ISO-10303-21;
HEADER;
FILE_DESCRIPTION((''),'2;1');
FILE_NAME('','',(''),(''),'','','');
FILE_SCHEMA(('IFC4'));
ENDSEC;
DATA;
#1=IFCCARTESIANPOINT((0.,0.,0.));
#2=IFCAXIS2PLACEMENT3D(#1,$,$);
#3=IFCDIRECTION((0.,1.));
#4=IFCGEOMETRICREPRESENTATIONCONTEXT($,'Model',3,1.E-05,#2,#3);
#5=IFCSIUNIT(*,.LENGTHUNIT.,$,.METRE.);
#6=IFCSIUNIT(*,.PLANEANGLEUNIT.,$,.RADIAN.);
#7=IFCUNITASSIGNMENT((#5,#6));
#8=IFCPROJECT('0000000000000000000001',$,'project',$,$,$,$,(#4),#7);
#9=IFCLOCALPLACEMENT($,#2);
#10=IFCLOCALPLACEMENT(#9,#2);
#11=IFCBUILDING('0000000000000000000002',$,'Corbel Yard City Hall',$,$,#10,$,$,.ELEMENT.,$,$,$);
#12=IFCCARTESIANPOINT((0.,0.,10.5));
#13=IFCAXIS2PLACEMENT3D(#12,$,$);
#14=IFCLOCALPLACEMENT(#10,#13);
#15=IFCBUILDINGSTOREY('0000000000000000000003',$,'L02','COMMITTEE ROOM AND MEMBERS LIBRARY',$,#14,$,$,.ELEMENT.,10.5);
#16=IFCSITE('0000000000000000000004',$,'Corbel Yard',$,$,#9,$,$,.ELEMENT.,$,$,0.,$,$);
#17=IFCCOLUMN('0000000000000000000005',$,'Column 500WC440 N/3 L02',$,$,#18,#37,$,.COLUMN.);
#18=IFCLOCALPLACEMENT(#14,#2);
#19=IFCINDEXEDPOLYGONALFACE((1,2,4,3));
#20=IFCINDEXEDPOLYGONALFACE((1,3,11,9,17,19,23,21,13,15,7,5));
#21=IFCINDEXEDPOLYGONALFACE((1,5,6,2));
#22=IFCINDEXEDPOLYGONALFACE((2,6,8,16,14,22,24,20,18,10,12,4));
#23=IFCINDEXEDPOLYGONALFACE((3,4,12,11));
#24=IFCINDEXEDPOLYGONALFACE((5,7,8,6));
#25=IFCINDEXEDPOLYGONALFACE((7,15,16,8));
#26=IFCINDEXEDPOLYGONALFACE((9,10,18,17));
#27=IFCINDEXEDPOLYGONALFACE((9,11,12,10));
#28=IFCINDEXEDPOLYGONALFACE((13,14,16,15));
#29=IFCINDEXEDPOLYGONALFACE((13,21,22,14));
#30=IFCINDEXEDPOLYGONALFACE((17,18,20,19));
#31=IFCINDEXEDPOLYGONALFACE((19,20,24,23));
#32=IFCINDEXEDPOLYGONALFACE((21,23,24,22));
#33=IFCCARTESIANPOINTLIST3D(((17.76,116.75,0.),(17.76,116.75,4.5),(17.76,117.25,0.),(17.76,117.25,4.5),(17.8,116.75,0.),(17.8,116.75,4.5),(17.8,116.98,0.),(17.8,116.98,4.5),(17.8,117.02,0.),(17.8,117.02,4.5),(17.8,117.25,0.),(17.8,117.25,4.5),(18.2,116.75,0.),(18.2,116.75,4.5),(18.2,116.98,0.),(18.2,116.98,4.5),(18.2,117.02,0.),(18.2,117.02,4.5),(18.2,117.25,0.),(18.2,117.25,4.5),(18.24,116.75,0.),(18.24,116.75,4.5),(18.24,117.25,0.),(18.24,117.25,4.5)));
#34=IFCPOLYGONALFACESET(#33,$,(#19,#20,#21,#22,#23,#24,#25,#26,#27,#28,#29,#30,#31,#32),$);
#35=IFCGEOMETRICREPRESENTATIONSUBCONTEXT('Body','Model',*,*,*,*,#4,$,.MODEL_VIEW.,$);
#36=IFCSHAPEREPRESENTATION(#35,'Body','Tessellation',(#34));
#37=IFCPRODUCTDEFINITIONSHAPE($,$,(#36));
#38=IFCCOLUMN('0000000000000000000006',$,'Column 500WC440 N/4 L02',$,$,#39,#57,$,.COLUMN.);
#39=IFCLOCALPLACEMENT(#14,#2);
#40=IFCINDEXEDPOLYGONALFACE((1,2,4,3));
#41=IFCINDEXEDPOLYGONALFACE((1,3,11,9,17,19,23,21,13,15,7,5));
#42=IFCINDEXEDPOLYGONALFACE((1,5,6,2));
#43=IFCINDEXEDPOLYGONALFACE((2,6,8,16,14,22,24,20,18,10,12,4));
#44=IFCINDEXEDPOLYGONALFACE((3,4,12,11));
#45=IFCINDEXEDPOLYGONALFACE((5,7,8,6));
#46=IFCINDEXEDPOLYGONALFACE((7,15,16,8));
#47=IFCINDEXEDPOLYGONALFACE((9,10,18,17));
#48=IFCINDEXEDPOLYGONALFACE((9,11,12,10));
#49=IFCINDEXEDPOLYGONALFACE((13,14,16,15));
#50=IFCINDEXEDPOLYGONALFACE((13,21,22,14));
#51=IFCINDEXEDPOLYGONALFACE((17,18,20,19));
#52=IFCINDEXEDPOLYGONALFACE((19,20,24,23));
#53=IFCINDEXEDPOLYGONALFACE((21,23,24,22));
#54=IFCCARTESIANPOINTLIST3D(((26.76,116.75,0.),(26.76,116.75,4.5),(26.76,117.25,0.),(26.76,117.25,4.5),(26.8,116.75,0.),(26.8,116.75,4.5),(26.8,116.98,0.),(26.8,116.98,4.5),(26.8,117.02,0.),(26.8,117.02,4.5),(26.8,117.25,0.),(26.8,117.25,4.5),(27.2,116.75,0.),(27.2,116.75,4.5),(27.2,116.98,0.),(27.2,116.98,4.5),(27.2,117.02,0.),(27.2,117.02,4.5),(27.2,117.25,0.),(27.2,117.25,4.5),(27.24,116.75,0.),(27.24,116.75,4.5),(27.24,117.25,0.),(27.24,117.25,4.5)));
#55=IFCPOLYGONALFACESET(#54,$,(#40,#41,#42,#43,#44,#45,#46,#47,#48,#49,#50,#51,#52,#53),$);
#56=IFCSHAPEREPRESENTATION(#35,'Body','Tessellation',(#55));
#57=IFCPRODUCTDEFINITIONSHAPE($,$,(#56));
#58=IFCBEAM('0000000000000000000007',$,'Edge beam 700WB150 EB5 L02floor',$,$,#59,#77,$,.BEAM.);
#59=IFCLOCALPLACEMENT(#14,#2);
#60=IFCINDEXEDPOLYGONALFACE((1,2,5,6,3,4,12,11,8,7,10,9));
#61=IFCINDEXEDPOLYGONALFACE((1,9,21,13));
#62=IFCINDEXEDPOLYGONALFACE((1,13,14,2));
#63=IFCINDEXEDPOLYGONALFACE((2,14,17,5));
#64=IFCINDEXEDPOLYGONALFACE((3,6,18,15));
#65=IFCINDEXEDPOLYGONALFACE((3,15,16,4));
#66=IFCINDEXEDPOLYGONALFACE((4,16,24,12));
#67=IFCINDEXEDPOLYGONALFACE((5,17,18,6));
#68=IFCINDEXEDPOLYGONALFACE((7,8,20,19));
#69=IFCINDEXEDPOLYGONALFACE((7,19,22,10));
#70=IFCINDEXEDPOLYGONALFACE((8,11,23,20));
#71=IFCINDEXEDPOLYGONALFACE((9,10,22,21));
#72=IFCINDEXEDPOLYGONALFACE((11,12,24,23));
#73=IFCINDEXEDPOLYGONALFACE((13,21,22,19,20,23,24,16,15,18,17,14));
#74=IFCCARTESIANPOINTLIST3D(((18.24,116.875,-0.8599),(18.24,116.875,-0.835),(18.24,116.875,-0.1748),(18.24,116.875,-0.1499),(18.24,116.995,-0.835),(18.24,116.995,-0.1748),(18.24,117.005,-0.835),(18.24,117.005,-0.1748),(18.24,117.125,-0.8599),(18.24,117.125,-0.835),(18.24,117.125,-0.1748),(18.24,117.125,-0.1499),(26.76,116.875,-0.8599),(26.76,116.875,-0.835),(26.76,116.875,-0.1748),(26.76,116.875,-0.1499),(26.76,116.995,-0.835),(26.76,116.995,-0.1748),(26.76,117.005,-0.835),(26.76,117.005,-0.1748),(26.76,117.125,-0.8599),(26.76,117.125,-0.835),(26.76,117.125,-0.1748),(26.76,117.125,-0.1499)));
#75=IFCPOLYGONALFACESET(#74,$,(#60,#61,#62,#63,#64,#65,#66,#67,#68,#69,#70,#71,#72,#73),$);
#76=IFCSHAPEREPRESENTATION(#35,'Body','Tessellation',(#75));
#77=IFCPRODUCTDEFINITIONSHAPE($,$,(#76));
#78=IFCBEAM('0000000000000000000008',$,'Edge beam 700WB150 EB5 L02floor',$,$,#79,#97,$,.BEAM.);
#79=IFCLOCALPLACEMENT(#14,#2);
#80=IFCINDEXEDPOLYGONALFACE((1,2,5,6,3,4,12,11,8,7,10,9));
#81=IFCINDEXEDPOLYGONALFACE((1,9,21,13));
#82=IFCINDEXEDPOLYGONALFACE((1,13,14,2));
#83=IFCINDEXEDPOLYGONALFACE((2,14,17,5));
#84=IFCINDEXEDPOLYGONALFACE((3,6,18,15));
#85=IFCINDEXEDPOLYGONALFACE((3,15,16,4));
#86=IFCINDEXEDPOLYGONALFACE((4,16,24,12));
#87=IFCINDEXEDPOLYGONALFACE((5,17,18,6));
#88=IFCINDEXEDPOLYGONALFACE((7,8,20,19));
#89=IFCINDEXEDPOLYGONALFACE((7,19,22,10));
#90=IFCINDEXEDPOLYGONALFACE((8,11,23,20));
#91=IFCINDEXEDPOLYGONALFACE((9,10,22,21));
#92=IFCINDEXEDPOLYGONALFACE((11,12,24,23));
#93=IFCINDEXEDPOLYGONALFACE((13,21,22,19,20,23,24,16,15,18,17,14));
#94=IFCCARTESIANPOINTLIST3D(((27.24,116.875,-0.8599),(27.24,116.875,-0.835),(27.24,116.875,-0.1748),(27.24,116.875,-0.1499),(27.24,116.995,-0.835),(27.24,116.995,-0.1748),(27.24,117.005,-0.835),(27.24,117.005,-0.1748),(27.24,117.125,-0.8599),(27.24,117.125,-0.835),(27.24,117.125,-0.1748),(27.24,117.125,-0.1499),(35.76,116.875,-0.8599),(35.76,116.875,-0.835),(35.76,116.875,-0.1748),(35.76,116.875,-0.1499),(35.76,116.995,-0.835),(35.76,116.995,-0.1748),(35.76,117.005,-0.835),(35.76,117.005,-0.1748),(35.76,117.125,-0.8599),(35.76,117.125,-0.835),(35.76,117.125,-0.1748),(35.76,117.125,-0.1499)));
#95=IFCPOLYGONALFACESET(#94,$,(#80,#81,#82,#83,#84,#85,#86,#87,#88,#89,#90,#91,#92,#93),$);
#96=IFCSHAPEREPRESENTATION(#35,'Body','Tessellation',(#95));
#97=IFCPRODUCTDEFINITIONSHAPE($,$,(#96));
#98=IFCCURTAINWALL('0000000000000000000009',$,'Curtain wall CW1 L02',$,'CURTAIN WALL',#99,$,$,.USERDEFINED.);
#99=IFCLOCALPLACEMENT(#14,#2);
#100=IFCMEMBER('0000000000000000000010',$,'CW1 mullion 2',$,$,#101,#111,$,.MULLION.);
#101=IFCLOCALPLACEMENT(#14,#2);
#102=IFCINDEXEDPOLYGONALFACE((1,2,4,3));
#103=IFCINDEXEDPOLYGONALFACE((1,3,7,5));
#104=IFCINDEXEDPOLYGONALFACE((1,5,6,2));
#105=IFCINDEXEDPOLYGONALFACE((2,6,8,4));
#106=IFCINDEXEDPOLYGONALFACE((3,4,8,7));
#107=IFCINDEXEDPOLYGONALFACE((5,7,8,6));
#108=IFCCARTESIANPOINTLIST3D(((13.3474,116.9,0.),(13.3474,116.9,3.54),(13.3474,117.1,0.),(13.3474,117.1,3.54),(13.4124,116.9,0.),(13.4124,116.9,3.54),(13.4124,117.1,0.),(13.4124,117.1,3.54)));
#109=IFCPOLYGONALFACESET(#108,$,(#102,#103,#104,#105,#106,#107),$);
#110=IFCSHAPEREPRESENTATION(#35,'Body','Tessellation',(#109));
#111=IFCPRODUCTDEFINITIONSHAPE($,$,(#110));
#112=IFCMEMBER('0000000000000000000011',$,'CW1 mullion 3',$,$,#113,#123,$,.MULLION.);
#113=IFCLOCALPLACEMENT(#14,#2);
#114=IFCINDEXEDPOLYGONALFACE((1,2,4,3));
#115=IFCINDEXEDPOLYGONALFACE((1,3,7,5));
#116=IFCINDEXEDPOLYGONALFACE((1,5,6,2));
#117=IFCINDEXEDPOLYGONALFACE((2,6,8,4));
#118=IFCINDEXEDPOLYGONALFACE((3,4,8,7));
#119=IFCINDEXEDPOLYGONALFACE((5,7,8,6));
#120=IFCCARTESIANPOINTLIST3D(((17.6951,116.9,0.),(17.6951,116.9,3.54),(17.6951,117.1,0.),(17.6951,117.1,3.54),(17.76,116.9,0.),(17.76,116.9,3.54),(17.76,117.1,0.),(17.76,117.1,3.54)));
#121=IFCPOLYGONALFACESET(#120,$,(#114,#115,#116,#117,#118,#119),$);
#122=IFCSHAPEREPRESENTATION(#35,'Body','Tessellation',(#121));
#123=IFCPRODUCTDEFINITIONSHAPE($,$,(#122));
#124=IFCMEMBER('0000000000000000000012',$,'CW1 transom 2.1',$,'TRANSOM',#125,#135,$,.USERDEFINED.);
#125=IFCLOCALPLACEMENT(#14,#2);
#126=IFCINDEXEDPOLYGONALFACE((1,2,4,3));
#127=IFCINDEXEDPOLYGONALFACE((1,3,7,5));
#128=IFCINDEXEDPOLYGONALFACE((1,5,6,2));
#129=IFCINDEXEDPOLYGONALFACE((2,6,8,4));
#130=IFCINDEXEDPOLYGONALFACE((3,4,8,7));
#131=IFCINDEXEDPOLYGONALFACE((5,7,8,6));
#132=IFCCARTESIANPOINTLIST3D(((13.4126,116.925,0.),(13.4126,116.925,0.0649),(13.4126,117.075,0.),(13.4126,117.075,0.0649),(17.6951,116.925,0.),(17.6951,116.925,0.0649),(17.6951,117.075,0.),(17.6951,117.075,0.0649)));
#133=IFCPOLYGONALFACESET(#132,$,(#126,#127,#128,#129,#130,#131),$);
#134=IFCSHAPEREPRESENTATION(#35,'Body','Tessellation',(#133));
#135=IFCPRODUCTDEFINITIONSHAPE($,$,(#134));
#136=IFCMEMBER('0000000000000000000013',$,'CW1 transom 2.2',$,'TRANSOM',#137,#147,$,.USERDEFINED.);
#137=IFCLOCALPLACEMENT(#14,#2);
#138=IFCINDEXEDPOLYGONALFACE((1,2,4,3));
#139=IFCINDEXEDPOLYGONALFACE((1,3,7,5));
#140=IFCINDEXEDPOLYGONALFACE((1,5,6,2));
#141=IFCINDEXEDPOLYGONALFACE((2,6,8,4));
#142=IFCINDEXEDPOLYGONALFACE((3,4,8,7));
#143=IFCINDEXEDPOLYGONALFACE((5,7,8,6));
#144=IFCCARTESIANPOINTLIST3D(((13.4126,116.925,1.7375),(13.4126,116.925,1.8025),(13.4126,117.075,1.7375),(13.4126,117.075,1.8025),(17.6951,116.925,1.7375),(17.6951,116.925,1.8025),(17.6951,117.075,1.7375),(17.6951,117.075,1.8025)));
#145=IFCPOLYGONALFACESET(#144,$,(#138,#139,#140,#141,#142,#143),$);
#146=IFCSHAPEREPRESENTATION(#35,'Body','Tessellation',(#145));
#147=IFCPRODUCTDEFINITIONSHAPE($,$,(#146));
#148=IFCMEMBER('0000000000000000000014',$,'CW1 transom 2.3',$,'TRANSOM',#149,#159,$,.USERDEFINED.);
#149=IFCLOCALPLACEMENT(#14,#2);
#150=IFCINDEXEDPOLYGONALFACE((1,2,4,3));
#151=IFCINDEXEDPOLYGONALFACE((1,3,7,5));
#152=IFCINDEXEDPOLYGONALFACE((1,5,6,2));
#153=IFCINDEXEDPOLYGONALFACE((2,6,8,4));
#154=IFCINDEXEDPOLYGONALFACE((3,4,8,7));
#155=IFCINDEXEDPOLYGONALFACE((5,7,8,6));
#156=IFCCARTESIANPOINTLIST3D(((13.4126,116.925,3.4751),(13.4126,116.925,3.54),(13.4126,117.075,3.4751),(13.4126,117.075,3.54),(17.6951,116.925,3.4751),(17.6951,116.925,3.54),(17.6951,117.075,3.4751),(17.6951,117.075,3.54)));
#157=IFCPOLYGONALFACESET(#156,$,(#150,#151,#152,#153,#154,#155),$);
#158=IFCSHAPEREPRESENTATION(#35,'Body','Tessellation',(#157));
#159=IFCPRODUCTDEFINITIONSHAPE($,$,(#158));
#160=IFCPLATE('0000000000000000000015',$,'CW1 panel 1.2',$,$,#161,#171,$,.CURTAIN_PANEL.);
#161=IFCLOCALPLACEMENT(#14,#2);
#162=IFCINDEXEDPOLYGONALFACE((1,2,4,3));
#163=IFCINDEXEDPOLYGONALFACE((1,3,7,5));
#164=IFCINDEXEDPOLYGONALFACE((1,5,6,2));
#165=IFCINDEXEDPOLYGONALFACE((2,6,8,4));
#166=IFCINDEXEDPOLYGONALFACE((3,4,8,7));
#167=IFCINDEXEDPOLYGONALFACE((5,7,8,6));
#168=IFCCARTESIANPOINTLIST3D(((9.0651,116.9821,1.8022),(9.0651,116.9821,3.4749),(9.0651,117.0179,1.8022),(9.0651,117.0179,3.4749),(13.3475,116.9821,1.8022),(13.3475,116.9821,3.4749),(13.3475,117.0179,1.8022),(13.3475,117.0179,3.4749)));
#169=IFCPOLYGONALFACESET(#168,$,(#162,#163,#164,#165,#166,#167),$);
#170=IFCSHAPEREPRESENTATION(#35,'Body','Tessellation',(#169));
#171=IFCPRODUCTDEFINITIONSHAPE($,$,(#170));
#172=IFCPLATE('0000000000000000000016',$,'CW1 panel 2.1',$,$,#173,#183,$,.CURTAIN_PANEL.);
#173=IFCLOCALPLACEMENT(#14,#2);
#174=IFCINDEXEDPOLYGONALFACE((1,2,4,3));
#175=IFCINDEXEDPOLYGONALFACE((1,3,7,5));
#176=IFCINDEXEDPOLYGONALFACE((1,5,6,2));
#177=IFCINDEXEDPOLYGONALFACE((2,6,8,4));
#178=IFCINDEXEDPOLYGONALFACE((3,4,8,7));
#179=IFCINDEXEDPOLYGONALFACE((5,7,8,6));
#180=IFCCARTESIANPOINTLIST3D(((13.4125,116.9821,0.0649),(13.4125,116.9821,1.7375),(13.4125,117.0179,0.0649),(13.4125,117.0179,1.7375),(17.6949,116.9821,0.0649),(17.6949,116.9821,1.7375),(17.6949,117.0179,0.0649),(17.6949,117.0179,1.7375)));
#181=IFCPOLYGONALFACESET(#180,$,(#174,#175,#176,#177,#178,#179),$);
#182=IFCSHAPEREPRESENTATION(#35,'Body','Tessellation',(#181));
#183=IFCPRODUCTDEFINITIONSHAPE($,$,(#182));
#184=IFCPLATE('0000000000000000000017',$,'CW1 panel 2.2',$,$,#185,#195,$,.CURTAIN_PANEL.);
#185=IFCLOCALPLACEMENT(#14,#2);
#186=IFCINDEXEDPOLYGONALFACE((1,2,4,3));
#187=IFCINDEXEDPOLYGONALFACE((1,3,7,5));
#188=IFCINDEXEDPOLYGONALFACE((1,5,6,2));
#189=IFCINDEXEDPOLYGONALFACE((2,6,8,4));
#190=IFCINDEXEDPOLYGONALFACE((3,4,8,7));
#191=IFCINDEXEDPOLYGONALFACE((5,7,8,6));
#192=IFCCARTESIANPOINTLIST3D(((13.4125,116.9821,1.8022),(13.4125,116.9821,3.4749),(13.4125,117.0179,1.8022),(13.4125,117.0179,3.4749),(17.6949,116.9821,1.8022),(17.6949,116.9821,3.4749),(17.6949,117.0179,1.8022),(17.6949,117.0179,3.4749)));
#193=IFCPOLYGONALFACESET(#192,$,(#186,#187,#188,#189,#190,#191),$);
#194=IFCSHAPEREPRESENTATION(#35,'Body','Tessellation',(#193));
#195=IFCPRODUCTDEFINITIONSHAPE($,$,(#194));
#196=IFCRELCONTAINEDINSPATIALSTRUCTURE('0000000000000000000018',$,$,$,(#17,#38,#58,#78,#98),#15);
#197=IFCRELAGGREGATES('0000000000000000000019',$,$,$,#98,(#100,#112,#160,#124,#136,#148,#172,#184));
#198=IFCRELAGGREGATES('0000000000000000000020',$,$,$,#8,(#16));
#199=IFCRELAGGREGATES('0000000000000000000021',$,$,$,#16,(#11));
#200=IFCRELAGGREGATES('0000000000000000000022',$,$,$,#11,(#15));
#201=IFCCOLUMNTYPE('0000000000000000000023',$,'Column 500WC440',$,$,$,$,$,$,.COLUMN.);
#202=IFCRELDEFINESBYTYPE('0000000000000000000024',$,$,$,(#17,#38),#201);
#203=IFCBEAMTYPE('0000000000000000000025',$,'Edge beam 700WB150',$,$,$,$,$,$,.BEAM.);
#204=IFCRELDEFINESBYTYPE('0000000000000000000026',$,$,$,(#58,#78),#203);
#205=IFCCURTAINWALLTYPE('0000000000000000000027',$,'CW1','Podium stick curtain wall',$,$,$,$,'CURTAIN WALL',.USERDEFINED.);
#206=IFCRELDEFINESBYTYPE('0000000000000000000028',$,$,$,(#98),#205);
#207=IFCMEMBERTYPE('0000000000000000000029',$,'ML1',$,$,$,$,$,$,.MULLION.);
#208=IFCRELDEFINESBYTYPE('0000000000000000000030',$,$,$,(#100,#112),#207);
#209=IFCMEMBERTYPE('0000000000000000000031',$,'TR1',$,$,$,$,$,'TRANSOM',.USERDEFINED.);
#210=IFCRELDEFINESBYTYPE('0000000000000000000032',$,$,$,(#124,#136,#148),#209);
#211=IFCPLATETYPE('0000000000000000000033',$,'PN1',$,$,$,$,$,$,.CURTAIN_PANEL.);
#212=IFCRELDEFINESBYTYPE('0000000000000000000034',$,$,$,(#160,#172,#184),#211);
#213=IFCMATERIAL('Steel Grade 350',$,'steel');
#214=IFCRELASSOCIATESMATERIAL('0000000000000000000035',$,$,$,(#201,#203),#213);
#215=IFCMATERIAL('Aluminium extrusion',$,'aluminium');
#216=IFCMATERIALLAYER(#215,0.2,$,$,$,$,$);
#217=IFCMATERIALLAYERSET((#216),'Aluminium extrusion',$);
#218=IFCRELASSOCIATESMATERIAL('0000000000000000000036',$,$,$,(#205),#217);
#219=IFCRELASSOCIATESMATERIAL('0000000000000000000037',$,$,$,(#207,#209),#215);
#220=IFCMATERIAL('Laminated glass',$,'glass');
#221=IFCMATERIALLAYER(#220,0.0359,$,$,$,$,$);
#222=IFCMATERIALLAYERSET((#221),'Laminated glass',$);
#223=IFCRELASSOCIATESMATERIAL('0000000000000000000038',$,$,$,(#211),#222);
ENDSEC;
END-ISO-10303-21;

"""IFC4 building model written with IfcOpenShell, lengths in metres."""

from ifc_helpers import new_model, si_unit, direction, frame, origin, origin_2d, place, context, subcontext, project, spatial, rectangle, i_section, extrude, material, layer, layer_set, material_profile, profile_set, type_object, element, aggregate, save


model = new_model("IFC4")

# Units and contexts
model_context = context("Model", 3, precision=1e-05, world=origin(), true_north=direction((0.0, 1.0)))
body_context = subcontext(model_context, "Body", "Model", "MODEL_VIEW")
ifc_project = project(units=[si_unit("LENGTHUNIT", "METRE"), si_unit("PLANEANGLEUNIT", "RADIAN")], contexts=[model_context])

# Site, building, storey
site_placement = place(None, origin())
site = spatial("IfcSite", under=ifc_project, at=site_placement, Name="Corbel Yard", CompositionType="ELEMENT", RefElevation=0.0)
building_placement = place(site_placement, origin())
building = spatial("IfcBuilding", under=site, at=building_placement, Name="Corbel Yard City Hall", CompositionType="ELEMENT")
storey_placement = place(building_placement, frame((0.0, 0.0, 10.5)))
storey = spatial("IfcBuildingStorey", under=building, at=storey_placement, Name="L02", Description="COMMITTEE ROOM AND MEMBERS LIBRARY", CompositionType="ELEMENT", Elevation=10.5)

# Columns
ifc_material_1 = material(Name="Steel Grade 350", Category="steel")
ifc_material_profile_1 = material_profile(ifc_material_1, i_section(OverallWidth=0.5, OverallDepth=0.48, WebThickness=0.04, FlangeThickness=0.04, at=origin_2d()), Name="500WC440")
ifc_profile_set_1 = profile_set([ifc_material_profile_1], Name="Steel Grade 350")
column_type = type_object("IfcColumnType", Name="Column 500WC440", PredefinedType="COLUMN", material=ifc_profile_set_1)
for number, where, z_axis, x_axis, name in (
    (1, (18.0, 117.0, 0.0), (0.0, 0.0, 1.0), (0.0, 1.0, 0.0), "Column 500WC440 N/3 L02"),
    (2, (27.0, 117.0, 0.0), (0.0, 0.0, 1.0), (0.0, 1.0, 0.0), "Column 500WC440 N/4 L02"),
):
    element("IfcColumn", number, at=place(storey_placement, frame(where, z_axis=z_axis, x_axis=x_axis)), inside=storey, type_object=column_type, Name=name, PredefinedType="COLUMN", context=body_context, shape_type="SweptSolid", body=[
        extrude(i_section(OverallWidth=0.5, OverallDepth=0.48, WebThickness=0.04, FlangeThickness=0.04, at=origin_2d()), origin(), (0.0, 0.0, 1.0), 4.5),
    ])

# Beams
ifc_material_profile_2 = material_profile(ifc_material_1, i_section(OverallWidth=0.25, OverallDepth=0.71, WebThickness=0.01, FlangeThickness=0.0249, at=origin_2d()), Name="700WB150")
ifc_profile_set_2 = profile_set([ifc_material_profile_2], Name="Steel Grade 350")
beam_type = type_object("IfcBeamType", Name="Edge beam 700WB150", PredefinedType="BEAM", material=ifc_profile_set_2)
for number, where, z_axis, x_axis, name in (
    (3, (18.24, 117.0, -0.5049), (1.0, 0.0, 0.0), (0.0, 1.0, 0.0), "Edge beam 700WB150 EB5 L02floor"),
    (4, (27.24, 117.0, -0.5049), (1.0, 0.0, 0.0), (0.0, 1.0, 0.0), "Edge beam 700WB150 EB5 L02floor"),
):
    element("IfcBeam", number, at=place(storey_placement, frame(where, z_axis=z_axis, x_axis=x_axis)), inside=storey, type_object=beam_type, Name=name, PredefinedType="BEAM", context=body_context, shape_type="SweptSolid", body=[
        extrude(i_section(OverallWidth=0.25, OverallDepth=0.71, WebThickness=0.01, FlangeThickness=0.0249, at=origin_2d()), origin(), (0.0, 0.0, 1.0), 8.52),
    ])

# Curtain wall, members, plates
ifc_material_2 = material(Name="Aluminium extrusion", Category="aluminium")
ifc_layer_1 = layer(ifc_material_2, 0.2)
ifc_layer_set_1 = layer_set([ifc_layer_1], Name="Aluminium extrusion")
curtain_wall_type = type_object("IfcCurtainWallType", Name="CW1", Description="Podium stick curtain wall", ElementType="CURTAIN WALL", PredefinedType="USERDEFINED", material=ifc_layer_set_1)
curtain_wall_placement = place(storey_placement, origin())
curtain_wall = element("IfcCurtainWall", 5, at=curtain_wall_placement, inside=storey, type_object=curtain_wall_type, Name="Curtain wall CW1 L02", ObjectType="CURTAIN WALL", PredefinedType="USERDEFINED")
ifc_material_profile_3 = material_profile(ifc_material_2, rectangle(XDim=0.2, YDim=0.0649, at=origin_2d()), Name="200x65")
ifc_profile_set_3 = profile_set([ifc_material_profile_3], Name="Aluminium extrusion")
member_type_1 = type_object("IfcMemberType", Name="ML1", PredefinedType="MULLION", material=ifc_profile_set_3)
member_1_placement = place(storey_placement, frame((13.3799, 117.0, 0.0), z_axis=(0.0, 0.0, 1.0), x_axis=(0.0, 1.0, 0.0)))
member_1 = element("IfcMember", 6, at=member_1_placement, type_object=member_type_1, Name="CW1 mullion 2", PredefinedType="MULLION", context=body_context, shape_type="SweptSolid", body=[
    extrude(rectangle(XDim=0.2, YDim=0.0649, at=origin_2d()), origin(), (0.0, 0.0, 1.0), 3.54),
])
member_2_placement = place(storey_placement, frame((17.7275, 117.0, 0.0), z_axis=(0.0, 0.0, 1.0), x_axis=(0.0, 1.0, 0.0)))
member_2 = element("IfcMember", 7, at=member_2_placement, type_object=member_type_1, Name="CW1 mullion 3", PredefinedType="MULLION", context=body_context, shape_type="SweptSolid", body=[
    extrude(rectangle(XDim=0.2, YDim=0.0649, at=origin_2d()), origin(), (0.0, 0.0, 1.0), 3.54),
])
ifc_material_profile_4 = material_profile(ifc_material_2, rectangle(XDim=0.1499, YDim=0.0649, at=origin_2d()), Name="150x65")
ifc_profile_set_4 = profile_set([ifc_material_profile_4], Name="Aluminium extrusion")
member_type_2 = type_object("IfcMemberType", Name="TR1", ElementType="TRANSOM", PredefinedType="USERDEFINED", material=ifc_profile_set_4)
member_3_placement = place(storey_placement, frame((13.4126, 117.0, 0.0325), z_axis=(1.0, 0.0, 0.0), x_axis=(0.0, 1.0, 0.0)))
member_3 = element("IfcMember", 8, at=member_3_placement, type_object=member_type_2, Name="CW1 transom 2.1", ObjectType="TRANSOM", PredefinedType="USERDEFINED", context=body_context, shape_type="SweptSolid", body=[
    extrude(rectangle(XDim=0.1499, YDim=0.0649, at=origin_2d()), origin(), (0.0, 0.0, 1.0), 4.2825),
])
member_4_placement = place(storey_placement, frame((13.4126, 117.0, 1.77), z_axis=(1.0, 0.0, 0.0), x_axis=(0.0, 1.0, 0.0)))
member_4 = element("IfcMember", 9, at=member_4_placement, type_object=member_type_2, Name="CW1 transom 2.2", ObjectType="TRANSOM", PredefinedType="USERDEFINED", context=body_context, shape_type="SweptSolid", body=[
    extrude(rectangle(XDim=0.1499, YDim=0.0649, at=origin_2d()), origin(), (0.0, 0.0, 1.0), 4.2825),
])
member_5_placement = place(storey_placement, frame((13.4126, 117.0, 3.5076), z_axis=(1.0, 0.0, 0.0), x_axis=(0.0, 1.0, 0.0)))
member_5 = element("IfcMember", 10, at=member_5_placement, type_object=member_type_2, Name="CW1 transom 2.3", ObjectType="TRANSOM", PredefinedType="USERDEFINED", context=body_context, shape_type="SweptSolid", body=[
    extrude(rectangle(XDim=0.1499, YDim=0.0649, at=origin_2d()), origin(), (0.0, 0.0, 1.0), 4.2825),
])
ifc_material_3 = material(Name="Laminated glass", Category="glass")
ifc_layer_2 = layer(ifc_material_3, 0.0359)
ifc_layer_set_2 = layer_set([ifc_layer_2], Name="Laminated glass")
plate_type = type_object("IfcPlateType", Name="PN1", PredefinedType="CURTAIN_PANEL", material=ifc_layer_set_2)
plate_1_placement = place(storey_placement, frame((11.2063, 117.0, 1.8022), z_axis=(0.0, 0.0, 1.0), x_axis=(1.0, 0.0, 0.0)))
plate_1 = element("IfcPlate", 11, at=plate_1_placement, type_object=plate_type, Name="CW1 panel 1.2", PredefinedType="CURTAIN_PANEL", context=body_context, shape_type="SweptSolid", body=[
    extrude(rectangle(XDim=4.2825, YDim=0.0359, at=origin_2d()), origin(), (0.0, 0.0, 1.0), 1.6726),
])
plate_2_placement = place(storey_placement, frame((15.5537, 117.0, 0.0649), z_axis=(0.0, 0.0, 1.0), x_axis=(1.0, 0.0, 0.0)))
plate_2 = element("IfcPlate", 12, at=plate_2_placement, type_object=plate_type, Name="CW1 panel 2.1", PredefinedType="CURTAIN_PANEL", context=body_context, shape_type="SweptSolid", body=[
    extrude(rectangle(XDim=4.2825, YDim=0.0359, at=origin_2d()), origin(), (0.0, 0.0, 1.0), 1.6726),
])
plate_3_placement = place(storey_placement, frame((15.5537, 117.0, 1.8022), z_axis=(0.0, 0.0, 1.0), x_axis=(1.0, 0.0, 0.0)))
plate_3 = element("IfcPlate", 13, at=plate_3_placement, type_object=plate_type, Name="CW1 panel 2.2", PredefinedType="CURTAIN_PANEL", context=body_context, shape_type="SweptSolid", body=[
    extrude(rectangle(XDim=4.2825, YDim=0.0359, at=origin_2d()), origin(), (0.0, 0.0, 1.0), 1.6726),
])
aggregate(curtain_wall, [member_1, member_2, plate_1, member_3, member_4, member_5, plate_2, plate_3])

save(model, "model.ifc")
